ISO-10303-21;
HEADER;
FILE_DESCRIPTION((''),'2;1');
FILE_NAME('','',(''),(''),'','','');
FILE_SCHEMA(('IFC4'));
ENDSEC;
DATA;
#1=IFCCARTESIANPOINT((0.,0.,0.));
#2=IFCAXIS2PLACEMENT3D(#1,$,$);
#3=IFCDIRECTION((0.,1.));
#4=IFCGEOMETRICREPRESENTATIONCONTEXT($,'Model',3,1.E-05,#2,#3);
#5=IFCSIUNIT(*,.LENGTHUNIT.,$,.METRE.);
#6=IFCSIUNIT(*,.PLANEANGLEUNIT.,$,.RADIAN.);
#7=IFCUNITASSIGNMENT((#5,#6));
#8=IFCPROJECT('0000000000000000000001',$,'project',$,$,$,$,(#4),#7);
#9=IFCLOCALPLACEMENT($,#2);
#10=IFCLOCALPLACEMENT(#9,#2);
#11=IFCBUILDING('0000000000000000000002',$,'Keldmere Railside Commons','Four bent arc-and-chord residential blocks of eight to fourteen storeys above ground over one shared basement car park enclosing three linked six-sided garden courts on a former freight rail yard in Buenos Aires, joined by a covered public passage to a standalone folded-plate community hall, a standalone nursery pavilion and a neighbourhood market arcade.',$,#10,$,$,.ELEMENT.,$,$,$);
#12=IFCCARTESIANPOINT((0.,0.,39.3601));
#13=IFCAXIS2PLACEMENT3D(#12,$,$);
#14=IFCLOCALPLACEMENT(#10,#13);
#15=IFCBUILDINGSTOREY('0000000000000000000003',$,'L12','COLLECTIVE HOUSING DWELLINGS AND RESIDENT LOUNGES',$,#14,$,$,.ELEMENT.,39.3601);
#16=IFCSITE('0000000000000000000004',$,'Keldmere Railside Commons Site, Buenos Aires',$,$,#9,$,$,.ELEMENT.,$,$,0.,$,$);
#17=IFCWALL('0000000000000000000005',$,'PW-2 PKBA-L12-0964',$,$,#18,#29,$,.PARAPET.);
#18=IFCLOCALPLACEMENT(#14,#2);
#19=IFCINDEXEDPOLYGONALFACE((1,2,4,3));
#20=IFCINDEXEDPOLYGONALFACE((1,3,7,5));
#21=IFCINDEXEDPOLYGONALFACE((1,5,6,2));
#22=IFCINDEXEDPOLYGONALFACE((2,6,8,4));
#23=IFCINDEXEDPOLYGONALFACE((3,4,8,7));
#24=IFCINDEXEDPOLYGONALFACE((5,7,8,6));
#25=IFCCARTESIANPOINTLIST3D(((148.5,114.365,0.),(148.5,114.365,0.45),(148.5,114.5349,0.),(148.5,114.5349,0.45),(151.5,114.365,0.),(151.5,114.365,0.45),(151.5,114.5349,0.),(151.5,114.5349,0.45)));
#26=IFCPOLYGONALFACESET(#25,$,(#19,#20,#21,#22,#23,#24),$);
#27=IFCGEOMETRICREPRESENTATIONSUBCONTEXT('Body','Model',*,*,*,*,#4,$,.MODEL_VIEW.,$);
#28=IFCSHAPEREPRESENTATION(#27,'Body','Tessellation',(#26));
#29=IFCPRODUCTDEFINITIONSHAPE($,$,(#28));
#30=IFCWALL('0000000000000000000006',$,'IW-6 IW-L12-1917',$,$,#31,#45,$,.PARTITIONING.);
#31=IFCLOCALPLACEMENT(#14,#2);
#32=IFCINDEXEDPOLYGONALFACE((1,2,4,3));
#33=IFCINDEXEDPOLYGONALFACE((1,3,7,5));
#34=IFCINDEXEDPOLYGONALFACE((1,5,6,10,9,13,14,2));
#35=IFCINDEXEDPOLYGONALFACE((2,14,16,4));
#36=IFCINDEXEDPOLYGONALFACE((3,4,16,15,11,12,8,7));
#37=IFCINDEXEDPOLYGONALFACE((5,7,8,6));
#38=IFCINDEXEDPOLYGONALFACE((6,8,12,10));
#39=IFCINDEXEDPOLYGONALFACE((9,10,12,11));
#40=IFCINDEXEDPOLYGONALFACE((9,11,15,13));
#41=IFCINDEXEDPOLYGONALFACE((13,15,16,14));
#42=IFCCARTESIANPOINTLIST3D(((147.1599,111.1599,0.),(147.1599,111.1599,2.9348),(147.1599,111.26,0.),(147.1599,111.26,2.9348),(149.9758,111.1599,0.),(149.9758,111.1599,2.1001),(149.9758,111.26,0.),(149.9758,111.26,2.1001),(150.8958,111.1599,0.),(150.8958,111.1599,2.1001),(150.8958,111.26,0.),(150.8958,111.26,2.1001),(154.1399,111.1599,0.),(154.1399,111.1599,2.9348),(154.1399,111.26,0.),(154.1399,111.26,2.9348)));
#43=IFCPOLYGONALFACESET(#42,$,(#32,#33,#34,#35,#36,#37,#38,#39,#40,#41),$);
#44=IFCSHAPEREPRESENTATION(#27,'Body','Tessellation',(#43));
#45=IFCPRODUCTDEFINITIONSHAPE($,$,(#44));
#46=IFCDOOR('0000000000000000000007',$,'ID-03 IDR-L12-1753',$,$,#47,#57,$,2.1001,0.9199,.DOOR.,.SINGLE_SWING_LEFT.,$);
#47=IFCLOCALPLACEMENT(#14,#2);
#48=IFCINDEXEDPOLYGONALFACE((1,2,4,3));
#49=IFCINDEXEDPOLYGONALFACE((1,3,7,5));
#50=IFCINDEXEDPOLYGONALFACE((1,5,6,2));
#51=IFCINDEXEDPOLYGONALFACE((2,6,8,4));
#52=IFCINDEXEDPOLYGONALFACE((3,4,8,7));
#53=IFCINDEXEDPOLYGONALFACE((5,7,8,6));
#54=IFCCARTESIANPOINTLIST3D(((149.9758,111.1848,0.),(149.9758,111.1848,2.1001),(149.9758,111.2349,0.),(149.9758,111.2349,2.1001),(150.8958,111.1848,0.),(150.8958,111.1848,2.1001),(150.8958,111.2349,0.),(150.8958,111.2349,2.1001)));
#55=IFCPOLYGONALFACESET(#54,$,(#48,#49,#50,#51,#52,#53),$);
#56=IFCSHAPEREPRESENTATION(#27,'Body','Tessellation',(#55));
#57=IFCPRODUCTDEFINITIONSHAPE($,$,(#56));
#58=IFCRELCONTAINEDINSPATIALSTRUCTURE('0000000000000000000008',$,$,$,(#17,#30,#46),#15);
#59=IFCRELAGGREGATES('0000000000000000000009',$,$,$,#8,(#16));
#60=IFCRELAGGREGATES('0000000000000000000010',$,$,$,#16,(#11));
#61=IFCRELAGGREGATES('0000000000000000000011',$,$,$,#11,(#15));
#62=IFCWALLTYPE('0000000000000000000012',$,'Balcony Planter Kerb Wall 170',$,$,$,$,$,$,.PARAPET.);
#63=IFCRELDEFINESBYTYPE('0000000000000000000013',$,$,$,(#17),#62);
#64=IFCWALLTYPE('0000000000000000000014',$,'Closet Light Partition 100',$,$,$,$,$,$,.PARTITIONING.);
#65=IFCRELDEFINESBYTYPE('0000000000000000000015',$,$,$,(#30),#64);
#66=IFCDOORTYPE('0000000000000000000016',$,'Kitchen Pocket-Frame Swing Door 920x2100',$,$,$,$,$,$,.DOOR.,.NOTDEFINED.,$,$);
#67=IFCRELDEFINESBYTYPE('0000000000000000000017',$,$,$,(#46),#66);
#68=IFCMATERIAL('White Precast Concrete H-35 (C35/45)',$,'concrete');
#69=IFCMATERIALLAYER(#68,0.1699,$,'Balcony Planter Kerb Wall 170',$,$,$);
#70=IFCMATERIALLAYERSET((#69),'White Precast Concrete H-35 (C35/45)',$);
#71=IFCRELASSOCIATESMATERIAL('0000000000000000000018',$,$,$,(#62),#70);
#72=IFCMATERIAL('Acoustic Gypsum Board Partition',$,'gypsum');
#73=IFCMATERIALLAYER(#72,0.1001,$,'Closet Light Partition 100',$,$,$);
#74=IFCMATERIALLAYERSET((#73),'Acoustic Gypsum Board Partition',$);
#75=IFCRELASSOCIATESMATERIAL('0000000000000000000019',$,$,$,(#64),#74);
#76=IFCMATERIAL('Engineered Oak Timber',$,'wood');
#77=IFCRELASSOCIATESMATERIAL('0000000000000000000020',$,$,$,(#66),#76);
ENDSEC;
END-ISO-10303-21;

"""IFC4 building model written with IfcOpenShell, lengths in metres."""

from ifc_helpers import new_model, si_unit, direction, frame, frame_2d, origin, place, context, subcontext, project, spatial, rectangle, extrude, material, layer, layer_set, type_object, element, fill, save


model = new_model("IFC4")

# Units and contexts
model_context = context("Model", 3, precision=1e-05, world=origin(), true_north=direction((0.0, 1.0)))
body_context = subcontext(model_context, "Body", "Model", "MODEL_VIEW")
ifc_project = project(units=[si_unit("LENGTHUNIT", "METRE"), si_unit("PLANEANGLEUNIT", "RADIAN")], contexts=[model_context])

# Site, building, storey
site_placement = place(None, origin())
site = spatial("IfcSite", under=ifc_project, at=site_placement, Name="Keldmere Railside Commons Site, Buenos Aires", CompositionType="ELEMENT", RefElevation=0.0)
building_placement = place(site_placement, origin())
building = spatial("IfcBuilding", under=site, at=building_placement, Name="Keldmere Railside Commons", Description="Four bent arc-and-chord residential blocks of eight to fourteen storeys above ground over one shared basement car park enclosing three linked six-sided garden courts on a former freight rail yard in Buenos Aires, joined by a covered public passage to a standalone folded-plate community hall, a standalone nursery pavilion and a neighbourhood market arcade.", CompositionType="ELEMENT")
storey_placement = place(building_placement, frame((0.0, 0.0, 39.3601)))
storey = spatial("IfcBuildingStorey", under=building, at=storey_placement, Name="L12", Description="COLLECTIVE HOUSING DWELLINGS AND RESIDENT LOUNGES", CompositionType="ELEMENT", Elevation=39.3601)

# Wall
ifc_material_1 = material(Name="White Precast Concrete H-35 (C35/45)", Category="concrete")
ifc_layer_1 = layer(ifc_material_1, 0.1699, Name="Balcony Planter Kerb Wall 170")
ifc_layer_set_1 = layer_set([ifc_layer_1], Name="White Precast Concrete H-35 (C35/45)")
wall_type_1 = type_object("IfcWallType", Name="Balcony Planter Kerb Wall 170", PredefinedType="PARAPET", material=ifc_layer_set_1)
wall_1_placement = place(storey_placement, frame((148.5, 114.45, 0.0), z_axis=(0.0, 0.0, 1.0), x_axis=(1.0, 0.0, 0.0)))
element("IfcWall", 1, at=wall_1_placement, inside=storey, type_object=wall_type_1, Name="PW-2 PKBA-L12-0964", PredefinedType="PARAPET", context=body_context, shape_type="SweptSolid", body=[
    extrude(rectangle(XDim=3.0, YDim=0.1699, at=frame_2d((1.5, 0.0))), origin(), (0.0, 0.0, 1.0), 0.45),
])

# Wall, opening, door
ifc_material_2 = material(Name="Acoustic Gypsum Board Partition", Category="gypsum")
ifc_layer_2 = layer(ifc_material_2, 0.1001, Name="Closet Light Partition 100")
ifc_layer_set_2 = layer_set([ifc_layer_2], Name="Acoustic Gypsum Board Partition")
wall_type_2 = type_object("IfcWallType", Name="Closet Light Partition 100", PredefinedType="PARTITIONING", material=ifc_layer_set_2)
wall_2_placement = place(storey_placement, frame((147.1599, 111.21, 0.0), z_axis=(0.0, 0.0, 1.0), x_axis=(1.0, 0.0, 0.0)))
wall_2 = element("IfcWall", 2, at=wall_2_placement, inside=storey, type_object=wall_type_2, Name="IW-6 IW-L12-1917", PredefinedType="PARTITIONING", context=body_context, shape_type="SweptSolid", body=[
    extrude(rectangle(XDim=6.98, YDim=0.1001, at=frame_2d((3.49, 0.0))), origin(), (0.0, 0.0, 1.0), 2.9348),
])
opening_1_placement = place(wall_2_placement, frame((2.8159, 0.0, 0.0)))
opening_1 = element("IfcOpeningElement", 3, at=opening_1_placement, cuts=wall_2, PredefinedType="OPENING", context=body_context, shape_type="SweptSolid", body=[
    extrude(rectangle(XDim=0.9199, YDim=2.1001, at=frame_2d((0.46, 1.05))), frame((0.0, 0.0601, 0.0), z_axis=(0.0, -1.0, 0.0), x_axis=(1.0, 0.0, 0.0)), (0.0, 0.0, 1.0), 0.1201),
])
ifc_material_3 = material(Name="Engineered Oak Timber", Category="wood")
door_type_1 = type_object("IfcDoorType", Name="Kitchen Pocket-Frame Swing Door 920x2100", OperationType="NOTDEFINED", PredefinedType="DOOR", material=ifc_material_3)
door_1_placement = place(opening_1_placement, origin())
door_1 = element("IfcDoor", 4, at=door_1_placement, inside=storey, type_object=door_type_1, Name="ID-03 IDR-L12-1753", OperationType="SINGLE_SWING_LEFT", OverallHeight=2.1001, OverallWidth=0.9199, PredefinedType="DOOR", context=body_context, shape_type="SweptSolid", body=[
    extrude(rectangle(XDim=0.9199, YDim=2.1001, at=frame_2d((0.46, 1.05))), frame((0.0, 0.0249, 0.0), z_axis=(0.0, -1.0, 0.0), x_axis=(1.0, 0.0, 0.0)), (0.0, 0.0, 1.0), 0.05),
])
fill(opening_1, door_1)

save(model, "model.ifc")
